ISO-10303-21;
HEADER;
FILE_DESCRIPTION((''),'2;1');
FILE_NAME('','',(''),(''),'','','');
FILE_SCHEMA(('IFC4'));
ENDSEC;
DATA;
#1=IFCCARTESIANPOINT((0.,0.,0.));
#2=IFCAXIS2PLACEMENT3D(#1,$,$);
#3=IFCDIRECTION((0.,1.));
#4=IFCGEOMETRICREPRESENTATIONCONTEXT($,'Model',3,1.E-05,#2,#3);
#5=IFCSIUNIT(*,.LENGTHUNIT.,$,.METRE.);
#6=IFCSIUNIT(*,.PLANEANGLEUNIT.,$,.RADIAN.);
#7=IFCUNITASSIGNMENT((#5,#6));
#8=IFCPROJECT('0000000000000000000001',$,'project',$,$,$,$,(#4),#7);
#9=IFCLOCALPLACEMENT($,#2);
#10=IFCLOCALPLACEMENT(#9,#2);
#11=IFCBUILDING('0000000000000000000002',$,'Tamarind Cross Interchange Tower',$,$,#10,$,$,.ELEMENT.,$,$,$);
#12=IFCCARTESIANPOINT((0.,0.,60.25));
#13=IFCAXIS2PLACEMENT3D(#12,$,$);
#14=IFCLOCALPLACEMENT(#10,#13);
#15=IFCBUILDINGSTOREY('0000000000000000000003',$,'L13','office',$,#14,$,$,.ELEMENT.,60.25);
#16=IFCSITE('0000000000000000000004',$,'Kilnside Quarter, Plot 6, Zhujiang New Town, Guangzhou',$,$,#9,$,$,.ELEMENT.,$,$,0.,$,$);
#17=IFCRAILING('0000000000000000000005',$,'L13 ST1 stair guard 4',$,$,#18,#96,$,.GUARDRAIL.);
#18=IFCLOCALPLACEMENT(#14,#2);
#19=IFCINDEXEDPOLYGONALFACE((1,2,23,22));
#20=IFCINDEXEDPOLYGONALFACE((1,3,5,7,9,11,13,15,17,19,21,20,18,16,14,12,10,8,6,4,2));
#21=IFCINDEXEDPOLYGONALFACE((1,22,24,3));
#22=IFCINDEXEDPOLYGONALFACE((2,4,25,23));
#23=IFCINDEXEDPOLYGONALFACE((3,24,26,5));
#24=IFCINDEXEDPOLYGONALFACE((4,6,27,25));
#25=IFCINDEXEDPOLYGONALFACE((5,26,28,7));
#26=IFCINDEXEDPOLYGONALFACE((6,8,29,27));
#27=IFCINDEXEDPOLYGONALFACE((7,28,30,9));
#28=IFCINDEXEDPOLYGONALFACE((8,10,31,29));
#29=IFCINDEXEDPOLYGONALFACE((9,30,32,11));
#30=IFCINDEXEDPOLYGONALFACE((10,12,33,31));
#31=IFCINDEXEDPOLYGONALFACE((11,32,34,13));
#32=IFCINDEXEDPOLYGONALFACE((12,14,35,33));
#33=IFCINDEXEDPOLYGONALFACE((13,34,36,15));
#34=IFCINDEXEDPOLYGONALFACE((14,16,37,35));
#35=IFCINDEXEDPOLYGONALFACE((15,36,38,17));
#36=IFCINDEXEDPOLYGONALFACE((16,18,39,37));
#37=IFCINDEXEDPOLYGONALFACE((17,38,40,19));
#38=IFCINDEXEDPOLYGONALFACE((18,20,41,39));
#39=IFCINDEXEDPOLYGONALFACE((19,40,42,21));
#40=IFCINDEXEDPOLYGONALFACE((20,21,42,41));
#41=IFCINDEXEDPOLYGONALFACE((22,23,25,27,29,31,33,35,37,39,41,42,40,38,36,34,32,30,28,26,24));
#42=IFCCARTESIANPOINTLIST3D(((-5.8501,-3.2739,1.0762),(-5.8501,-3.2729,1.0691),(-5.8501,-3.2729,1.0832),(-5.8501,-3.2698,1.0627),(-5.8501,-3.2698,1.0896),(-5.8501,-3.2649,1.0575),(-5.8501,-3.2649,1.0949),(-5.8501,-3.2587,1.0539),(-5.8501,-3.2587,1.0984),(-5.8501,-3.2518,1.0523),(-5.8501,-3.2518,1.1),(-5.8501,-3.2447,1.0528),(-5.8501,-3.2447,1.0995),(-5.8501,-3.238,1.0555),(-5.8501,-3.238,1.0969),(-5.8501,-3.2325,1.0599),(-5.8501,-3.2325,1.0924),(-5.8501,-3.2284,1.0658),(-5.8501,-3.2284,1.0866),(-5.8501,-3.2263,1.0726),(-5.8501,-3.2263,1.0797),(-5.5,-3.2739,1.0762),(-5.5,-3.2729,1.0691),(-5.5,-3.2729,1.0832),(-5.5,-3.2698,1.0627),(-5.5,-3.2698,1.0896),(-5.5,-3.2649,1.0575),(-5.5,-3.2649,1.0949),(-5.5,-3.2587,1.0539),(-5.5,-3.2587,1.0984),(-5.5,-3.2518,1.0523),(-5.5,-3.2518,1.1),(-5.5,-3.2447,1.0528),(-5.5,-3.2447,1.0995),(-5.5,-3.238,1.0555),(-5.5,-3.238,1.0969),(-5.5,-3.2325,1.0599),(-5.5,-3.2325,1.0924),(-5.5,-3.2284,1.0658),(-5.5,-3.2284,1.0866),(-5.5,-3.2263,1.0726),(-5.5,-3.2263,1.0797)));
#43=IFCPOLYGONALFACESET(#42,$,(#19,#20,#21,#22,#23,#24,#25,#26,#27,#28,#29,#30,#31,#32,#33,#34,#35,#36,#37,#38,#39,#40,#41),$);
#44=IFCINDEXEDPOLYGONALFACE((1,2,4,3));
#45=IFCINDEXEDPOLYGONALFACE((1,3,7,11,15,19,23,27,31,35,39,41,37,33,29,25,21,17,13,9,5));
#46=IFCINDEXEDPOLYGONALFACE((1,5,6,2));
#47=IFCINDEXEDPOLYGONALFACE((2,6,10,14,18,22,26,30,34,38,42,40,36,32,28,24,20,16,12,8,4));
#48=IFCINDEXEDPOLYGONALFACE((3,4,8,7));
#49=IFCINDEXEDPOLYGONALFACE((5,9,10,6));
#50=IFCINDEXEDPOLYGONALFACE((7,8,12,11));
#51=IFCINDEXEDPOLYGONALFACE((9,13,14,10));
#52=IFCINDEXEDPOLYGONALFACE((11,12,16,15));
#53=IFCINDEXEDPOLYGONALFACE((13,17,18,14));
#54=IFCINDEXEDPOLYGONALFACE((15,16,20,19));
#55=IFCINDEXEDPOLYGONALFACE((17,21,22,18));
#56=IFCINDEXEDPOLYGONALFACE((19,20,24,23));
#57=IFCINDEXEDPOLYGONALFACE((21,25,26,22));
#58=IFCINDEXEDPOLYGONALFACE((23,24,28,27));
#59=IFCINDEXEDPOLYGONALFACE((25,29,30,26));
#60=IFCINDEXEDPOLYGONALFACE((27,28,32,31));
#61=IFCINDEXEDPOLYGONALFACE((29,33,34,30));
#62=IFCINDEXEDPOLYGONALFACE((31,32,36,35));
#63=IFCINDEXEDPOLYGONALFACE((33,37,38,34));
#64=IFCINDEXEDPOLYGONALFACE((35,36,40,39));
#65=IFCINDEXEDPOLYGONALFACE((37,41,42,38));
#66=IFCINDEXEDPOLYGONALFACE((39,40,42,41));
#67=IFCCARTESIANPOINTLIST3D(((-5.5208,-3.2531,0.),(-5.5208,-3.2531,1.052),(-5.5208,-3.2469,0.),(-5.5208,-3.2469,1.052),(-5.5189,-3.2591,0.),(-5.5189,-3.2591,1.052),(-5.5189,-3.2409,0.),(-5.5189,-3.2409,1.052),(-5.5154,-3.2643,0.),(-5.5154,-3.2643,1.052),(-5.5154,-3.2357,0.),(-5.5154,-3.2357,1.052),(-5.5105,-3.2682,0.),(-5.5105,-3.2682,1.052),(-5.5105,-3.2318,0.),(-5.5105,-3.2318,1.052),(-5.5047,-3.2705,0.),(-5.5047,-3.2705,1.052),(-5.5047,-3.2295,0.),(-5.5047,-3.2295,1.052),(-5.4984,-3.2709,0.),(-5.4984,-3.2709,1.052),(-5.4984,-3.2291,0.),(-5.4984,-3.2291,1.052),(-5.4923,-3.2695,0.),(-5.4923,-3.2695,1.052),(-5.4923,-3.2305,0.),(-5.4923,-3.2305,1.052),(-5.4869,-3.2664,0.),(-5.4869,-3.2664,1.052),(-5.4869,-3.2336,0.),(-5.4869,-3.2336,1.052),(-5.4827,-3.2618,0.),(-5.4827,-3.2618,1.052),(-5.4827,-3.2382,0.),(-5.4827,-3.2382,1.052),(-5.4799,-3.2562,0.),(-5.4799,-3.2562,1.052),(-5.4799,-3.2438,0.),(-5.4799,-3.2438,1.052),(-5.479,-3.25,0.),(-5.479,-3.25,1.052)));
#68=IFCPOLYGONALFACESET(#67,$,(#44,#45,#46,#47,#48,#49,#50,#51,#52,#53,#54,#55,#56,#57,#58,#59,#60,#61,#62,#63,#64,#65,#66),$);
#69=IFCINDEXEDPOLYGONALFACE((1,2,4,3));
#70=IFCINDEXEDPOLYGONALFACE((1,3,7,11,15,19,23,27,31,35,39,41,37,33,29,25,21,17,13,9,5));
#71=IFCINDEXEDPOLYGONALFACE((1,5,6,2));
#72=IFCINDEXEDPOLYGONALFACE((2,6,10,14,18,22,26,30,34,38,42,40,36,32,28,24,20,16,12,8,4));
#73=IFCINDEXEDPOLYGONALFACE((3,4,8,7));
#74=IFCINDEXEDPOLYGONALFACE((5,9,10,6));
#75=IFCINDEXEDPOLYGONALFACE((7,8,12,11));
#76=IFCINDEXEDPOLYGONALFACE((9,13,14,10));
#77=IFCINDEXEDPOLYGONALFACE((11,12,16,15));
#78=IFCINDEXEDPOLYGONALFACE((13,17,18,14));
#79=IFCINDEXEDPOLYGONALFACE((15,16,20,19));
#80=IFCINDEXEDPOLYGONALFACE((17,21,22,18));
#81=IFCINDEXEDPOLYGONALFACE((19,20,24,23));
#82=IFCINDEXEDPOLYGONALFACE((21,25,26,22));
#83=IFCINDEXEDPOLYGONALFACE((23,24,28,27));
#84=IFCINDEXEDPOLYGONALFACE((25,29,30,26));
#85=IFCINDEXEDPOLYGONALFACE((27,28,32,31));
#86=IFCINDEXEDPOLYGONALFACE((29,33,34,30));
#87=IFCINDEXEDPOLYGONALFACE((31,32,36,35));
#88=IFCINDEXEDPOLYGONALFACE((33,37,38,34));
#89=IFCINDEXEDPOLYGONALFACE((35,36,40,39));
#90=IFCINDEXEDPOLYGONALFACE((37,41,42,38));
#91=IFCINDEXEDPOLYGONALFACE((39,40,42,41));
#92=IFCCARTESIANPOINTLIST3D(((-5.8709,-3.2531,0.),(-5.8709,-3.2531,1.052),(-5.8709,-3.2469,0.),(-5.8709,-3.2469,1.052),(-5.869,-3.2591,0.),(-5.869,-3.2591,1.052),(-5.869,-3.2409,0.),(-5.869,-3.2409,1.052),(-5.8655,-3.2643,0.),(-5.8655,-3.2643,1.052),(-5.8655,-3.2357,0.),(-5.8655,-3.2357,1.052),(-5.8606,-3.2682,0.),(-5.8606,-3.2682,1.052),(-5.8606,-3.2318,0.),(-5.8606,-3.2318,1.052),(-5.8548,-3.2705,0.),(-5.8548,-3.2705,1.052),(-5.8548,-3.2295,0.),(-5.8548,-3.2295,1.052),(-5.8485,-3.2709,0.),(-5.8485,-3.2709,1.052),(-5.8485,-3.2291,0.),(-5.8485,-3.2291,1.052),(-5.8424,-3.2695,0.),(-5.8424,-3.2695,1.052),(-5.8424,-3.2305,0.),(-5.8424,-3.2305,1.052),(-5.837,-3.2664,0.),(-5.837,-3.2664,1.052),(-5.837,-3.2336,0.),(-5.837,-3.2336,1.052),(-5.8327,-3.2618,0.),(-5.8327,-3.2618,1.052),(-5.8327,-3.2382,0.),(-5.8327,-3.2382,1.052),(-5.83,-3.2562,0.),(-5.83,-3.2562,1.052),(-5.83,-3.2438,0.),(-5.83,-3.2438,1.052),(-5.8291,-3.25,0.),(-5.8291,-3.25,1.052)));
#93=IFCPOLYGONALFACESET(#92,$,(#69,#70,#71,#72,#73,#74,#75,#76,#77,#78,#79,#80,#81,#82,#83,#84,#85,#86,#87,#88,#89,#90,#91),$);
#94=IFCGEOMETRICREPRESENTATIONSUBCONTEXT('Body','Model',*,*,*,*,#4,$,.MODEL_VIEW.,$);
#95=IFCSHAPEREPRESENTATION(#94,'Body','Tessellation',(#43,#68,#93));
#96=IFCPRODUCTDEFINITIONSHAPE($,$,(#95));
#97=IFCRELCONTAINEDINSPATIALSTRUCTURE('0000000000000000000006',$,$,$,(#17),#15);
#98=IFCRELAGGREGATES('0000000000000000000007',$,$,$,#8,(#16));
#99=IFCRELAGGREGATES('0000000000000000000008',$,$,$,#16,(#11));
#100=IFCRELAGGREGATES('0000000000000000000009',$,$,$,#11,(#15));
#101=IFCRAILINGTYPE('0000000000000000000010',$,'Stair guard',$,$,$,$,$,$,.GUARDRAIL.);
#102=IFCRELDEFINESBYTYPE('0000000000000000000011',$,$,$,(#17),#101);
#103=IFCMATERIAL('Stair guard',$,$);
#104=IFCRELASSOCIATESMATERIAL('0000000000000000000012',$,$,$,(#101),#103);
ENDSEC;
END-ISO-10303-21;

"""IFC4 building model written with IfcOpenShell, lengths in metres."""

from ifc_helpers import new_model, si_unit, direction, frame, origin, origin_2d, place, context, subcontext, project, spatial, circle, extrude, material, type_object, element, save


model = new_model("IFC4")

# Units and contexts
model_context = context("Model", 3, precision=1e-05, world=origin(), true_north=direction((0.0, 1.0)))
body_context = subcontext(model_context, "Body", "Model", "MODEL_VIEW")
ifc_project = project(units=[si_unit("LENGTHUNIT", "METRE"), si_unit("PLANEANGLEUNIT", "RADIAN")], contexts=[model_context])

# Site, building, storey
site_placement = place(None, origin())
site = spatial("IfcSite", under=ifc_project, at=site_placement, Name="Kilnside Quarter, Plot 6, Zhujiang New Town, Guangzhou", CompositionType="ELEMENT", RefElevation=0.0)
building_placement = place(site_placement, origin())
building = spatial("IfcBuilding", under=site, at=building_placement, Name="Tamarind Cross Interchange Tower", CompositionType="ELEMENT")
storey_placement = place(building_placement, frame((0.0, 0.0, 60.25)))
storey = spatial("IfcBuildingStorey", under=building, at=storey_placement, Name="L13", Description="office", CompositionType="ELEMENT", Elevation=60.25)

# Railing
ifc_material_1 = material(Name="Stair guard")
railing_type_1 = type_object("IfcRailingType", Name="Stair guard", PredefinedType="GUARDRAIL", material=ifc_material_1)
railing_1_placement = place(storey_placement, frame((-5.5, -3.25, 0.0)))
element("IfcRailing", 1, at=railing_1_placement, inside=storey, type_object=railing_type_1, Name="L13 ST1 stair guard 4", PredefinedType="GUARDRAIL", context=body_context, shape_type="SweptSolid", body=[
    extrude(circle(Radius=0.0239, at=origin_2d()), frame((0.0, 0.0, 1.0762), z_axis=(-1.0, 0.0, 0.0), x_axis=(0.0, -1.0, 0.0)), (0.0, 0.0, 1.0), 0.3501),
    extrude(circle(Radius=0.021, at=origin_2d()), origin(), (0.0, 0.0, 1.0), 1.052),
    extrude(circle(Radius=0.021, at=origin_2d()), frame((-0.3501, 0.0, 0.0)), (0.0, 0.0, 1.0), 1.052),
])

save(model, "model.ifc")
